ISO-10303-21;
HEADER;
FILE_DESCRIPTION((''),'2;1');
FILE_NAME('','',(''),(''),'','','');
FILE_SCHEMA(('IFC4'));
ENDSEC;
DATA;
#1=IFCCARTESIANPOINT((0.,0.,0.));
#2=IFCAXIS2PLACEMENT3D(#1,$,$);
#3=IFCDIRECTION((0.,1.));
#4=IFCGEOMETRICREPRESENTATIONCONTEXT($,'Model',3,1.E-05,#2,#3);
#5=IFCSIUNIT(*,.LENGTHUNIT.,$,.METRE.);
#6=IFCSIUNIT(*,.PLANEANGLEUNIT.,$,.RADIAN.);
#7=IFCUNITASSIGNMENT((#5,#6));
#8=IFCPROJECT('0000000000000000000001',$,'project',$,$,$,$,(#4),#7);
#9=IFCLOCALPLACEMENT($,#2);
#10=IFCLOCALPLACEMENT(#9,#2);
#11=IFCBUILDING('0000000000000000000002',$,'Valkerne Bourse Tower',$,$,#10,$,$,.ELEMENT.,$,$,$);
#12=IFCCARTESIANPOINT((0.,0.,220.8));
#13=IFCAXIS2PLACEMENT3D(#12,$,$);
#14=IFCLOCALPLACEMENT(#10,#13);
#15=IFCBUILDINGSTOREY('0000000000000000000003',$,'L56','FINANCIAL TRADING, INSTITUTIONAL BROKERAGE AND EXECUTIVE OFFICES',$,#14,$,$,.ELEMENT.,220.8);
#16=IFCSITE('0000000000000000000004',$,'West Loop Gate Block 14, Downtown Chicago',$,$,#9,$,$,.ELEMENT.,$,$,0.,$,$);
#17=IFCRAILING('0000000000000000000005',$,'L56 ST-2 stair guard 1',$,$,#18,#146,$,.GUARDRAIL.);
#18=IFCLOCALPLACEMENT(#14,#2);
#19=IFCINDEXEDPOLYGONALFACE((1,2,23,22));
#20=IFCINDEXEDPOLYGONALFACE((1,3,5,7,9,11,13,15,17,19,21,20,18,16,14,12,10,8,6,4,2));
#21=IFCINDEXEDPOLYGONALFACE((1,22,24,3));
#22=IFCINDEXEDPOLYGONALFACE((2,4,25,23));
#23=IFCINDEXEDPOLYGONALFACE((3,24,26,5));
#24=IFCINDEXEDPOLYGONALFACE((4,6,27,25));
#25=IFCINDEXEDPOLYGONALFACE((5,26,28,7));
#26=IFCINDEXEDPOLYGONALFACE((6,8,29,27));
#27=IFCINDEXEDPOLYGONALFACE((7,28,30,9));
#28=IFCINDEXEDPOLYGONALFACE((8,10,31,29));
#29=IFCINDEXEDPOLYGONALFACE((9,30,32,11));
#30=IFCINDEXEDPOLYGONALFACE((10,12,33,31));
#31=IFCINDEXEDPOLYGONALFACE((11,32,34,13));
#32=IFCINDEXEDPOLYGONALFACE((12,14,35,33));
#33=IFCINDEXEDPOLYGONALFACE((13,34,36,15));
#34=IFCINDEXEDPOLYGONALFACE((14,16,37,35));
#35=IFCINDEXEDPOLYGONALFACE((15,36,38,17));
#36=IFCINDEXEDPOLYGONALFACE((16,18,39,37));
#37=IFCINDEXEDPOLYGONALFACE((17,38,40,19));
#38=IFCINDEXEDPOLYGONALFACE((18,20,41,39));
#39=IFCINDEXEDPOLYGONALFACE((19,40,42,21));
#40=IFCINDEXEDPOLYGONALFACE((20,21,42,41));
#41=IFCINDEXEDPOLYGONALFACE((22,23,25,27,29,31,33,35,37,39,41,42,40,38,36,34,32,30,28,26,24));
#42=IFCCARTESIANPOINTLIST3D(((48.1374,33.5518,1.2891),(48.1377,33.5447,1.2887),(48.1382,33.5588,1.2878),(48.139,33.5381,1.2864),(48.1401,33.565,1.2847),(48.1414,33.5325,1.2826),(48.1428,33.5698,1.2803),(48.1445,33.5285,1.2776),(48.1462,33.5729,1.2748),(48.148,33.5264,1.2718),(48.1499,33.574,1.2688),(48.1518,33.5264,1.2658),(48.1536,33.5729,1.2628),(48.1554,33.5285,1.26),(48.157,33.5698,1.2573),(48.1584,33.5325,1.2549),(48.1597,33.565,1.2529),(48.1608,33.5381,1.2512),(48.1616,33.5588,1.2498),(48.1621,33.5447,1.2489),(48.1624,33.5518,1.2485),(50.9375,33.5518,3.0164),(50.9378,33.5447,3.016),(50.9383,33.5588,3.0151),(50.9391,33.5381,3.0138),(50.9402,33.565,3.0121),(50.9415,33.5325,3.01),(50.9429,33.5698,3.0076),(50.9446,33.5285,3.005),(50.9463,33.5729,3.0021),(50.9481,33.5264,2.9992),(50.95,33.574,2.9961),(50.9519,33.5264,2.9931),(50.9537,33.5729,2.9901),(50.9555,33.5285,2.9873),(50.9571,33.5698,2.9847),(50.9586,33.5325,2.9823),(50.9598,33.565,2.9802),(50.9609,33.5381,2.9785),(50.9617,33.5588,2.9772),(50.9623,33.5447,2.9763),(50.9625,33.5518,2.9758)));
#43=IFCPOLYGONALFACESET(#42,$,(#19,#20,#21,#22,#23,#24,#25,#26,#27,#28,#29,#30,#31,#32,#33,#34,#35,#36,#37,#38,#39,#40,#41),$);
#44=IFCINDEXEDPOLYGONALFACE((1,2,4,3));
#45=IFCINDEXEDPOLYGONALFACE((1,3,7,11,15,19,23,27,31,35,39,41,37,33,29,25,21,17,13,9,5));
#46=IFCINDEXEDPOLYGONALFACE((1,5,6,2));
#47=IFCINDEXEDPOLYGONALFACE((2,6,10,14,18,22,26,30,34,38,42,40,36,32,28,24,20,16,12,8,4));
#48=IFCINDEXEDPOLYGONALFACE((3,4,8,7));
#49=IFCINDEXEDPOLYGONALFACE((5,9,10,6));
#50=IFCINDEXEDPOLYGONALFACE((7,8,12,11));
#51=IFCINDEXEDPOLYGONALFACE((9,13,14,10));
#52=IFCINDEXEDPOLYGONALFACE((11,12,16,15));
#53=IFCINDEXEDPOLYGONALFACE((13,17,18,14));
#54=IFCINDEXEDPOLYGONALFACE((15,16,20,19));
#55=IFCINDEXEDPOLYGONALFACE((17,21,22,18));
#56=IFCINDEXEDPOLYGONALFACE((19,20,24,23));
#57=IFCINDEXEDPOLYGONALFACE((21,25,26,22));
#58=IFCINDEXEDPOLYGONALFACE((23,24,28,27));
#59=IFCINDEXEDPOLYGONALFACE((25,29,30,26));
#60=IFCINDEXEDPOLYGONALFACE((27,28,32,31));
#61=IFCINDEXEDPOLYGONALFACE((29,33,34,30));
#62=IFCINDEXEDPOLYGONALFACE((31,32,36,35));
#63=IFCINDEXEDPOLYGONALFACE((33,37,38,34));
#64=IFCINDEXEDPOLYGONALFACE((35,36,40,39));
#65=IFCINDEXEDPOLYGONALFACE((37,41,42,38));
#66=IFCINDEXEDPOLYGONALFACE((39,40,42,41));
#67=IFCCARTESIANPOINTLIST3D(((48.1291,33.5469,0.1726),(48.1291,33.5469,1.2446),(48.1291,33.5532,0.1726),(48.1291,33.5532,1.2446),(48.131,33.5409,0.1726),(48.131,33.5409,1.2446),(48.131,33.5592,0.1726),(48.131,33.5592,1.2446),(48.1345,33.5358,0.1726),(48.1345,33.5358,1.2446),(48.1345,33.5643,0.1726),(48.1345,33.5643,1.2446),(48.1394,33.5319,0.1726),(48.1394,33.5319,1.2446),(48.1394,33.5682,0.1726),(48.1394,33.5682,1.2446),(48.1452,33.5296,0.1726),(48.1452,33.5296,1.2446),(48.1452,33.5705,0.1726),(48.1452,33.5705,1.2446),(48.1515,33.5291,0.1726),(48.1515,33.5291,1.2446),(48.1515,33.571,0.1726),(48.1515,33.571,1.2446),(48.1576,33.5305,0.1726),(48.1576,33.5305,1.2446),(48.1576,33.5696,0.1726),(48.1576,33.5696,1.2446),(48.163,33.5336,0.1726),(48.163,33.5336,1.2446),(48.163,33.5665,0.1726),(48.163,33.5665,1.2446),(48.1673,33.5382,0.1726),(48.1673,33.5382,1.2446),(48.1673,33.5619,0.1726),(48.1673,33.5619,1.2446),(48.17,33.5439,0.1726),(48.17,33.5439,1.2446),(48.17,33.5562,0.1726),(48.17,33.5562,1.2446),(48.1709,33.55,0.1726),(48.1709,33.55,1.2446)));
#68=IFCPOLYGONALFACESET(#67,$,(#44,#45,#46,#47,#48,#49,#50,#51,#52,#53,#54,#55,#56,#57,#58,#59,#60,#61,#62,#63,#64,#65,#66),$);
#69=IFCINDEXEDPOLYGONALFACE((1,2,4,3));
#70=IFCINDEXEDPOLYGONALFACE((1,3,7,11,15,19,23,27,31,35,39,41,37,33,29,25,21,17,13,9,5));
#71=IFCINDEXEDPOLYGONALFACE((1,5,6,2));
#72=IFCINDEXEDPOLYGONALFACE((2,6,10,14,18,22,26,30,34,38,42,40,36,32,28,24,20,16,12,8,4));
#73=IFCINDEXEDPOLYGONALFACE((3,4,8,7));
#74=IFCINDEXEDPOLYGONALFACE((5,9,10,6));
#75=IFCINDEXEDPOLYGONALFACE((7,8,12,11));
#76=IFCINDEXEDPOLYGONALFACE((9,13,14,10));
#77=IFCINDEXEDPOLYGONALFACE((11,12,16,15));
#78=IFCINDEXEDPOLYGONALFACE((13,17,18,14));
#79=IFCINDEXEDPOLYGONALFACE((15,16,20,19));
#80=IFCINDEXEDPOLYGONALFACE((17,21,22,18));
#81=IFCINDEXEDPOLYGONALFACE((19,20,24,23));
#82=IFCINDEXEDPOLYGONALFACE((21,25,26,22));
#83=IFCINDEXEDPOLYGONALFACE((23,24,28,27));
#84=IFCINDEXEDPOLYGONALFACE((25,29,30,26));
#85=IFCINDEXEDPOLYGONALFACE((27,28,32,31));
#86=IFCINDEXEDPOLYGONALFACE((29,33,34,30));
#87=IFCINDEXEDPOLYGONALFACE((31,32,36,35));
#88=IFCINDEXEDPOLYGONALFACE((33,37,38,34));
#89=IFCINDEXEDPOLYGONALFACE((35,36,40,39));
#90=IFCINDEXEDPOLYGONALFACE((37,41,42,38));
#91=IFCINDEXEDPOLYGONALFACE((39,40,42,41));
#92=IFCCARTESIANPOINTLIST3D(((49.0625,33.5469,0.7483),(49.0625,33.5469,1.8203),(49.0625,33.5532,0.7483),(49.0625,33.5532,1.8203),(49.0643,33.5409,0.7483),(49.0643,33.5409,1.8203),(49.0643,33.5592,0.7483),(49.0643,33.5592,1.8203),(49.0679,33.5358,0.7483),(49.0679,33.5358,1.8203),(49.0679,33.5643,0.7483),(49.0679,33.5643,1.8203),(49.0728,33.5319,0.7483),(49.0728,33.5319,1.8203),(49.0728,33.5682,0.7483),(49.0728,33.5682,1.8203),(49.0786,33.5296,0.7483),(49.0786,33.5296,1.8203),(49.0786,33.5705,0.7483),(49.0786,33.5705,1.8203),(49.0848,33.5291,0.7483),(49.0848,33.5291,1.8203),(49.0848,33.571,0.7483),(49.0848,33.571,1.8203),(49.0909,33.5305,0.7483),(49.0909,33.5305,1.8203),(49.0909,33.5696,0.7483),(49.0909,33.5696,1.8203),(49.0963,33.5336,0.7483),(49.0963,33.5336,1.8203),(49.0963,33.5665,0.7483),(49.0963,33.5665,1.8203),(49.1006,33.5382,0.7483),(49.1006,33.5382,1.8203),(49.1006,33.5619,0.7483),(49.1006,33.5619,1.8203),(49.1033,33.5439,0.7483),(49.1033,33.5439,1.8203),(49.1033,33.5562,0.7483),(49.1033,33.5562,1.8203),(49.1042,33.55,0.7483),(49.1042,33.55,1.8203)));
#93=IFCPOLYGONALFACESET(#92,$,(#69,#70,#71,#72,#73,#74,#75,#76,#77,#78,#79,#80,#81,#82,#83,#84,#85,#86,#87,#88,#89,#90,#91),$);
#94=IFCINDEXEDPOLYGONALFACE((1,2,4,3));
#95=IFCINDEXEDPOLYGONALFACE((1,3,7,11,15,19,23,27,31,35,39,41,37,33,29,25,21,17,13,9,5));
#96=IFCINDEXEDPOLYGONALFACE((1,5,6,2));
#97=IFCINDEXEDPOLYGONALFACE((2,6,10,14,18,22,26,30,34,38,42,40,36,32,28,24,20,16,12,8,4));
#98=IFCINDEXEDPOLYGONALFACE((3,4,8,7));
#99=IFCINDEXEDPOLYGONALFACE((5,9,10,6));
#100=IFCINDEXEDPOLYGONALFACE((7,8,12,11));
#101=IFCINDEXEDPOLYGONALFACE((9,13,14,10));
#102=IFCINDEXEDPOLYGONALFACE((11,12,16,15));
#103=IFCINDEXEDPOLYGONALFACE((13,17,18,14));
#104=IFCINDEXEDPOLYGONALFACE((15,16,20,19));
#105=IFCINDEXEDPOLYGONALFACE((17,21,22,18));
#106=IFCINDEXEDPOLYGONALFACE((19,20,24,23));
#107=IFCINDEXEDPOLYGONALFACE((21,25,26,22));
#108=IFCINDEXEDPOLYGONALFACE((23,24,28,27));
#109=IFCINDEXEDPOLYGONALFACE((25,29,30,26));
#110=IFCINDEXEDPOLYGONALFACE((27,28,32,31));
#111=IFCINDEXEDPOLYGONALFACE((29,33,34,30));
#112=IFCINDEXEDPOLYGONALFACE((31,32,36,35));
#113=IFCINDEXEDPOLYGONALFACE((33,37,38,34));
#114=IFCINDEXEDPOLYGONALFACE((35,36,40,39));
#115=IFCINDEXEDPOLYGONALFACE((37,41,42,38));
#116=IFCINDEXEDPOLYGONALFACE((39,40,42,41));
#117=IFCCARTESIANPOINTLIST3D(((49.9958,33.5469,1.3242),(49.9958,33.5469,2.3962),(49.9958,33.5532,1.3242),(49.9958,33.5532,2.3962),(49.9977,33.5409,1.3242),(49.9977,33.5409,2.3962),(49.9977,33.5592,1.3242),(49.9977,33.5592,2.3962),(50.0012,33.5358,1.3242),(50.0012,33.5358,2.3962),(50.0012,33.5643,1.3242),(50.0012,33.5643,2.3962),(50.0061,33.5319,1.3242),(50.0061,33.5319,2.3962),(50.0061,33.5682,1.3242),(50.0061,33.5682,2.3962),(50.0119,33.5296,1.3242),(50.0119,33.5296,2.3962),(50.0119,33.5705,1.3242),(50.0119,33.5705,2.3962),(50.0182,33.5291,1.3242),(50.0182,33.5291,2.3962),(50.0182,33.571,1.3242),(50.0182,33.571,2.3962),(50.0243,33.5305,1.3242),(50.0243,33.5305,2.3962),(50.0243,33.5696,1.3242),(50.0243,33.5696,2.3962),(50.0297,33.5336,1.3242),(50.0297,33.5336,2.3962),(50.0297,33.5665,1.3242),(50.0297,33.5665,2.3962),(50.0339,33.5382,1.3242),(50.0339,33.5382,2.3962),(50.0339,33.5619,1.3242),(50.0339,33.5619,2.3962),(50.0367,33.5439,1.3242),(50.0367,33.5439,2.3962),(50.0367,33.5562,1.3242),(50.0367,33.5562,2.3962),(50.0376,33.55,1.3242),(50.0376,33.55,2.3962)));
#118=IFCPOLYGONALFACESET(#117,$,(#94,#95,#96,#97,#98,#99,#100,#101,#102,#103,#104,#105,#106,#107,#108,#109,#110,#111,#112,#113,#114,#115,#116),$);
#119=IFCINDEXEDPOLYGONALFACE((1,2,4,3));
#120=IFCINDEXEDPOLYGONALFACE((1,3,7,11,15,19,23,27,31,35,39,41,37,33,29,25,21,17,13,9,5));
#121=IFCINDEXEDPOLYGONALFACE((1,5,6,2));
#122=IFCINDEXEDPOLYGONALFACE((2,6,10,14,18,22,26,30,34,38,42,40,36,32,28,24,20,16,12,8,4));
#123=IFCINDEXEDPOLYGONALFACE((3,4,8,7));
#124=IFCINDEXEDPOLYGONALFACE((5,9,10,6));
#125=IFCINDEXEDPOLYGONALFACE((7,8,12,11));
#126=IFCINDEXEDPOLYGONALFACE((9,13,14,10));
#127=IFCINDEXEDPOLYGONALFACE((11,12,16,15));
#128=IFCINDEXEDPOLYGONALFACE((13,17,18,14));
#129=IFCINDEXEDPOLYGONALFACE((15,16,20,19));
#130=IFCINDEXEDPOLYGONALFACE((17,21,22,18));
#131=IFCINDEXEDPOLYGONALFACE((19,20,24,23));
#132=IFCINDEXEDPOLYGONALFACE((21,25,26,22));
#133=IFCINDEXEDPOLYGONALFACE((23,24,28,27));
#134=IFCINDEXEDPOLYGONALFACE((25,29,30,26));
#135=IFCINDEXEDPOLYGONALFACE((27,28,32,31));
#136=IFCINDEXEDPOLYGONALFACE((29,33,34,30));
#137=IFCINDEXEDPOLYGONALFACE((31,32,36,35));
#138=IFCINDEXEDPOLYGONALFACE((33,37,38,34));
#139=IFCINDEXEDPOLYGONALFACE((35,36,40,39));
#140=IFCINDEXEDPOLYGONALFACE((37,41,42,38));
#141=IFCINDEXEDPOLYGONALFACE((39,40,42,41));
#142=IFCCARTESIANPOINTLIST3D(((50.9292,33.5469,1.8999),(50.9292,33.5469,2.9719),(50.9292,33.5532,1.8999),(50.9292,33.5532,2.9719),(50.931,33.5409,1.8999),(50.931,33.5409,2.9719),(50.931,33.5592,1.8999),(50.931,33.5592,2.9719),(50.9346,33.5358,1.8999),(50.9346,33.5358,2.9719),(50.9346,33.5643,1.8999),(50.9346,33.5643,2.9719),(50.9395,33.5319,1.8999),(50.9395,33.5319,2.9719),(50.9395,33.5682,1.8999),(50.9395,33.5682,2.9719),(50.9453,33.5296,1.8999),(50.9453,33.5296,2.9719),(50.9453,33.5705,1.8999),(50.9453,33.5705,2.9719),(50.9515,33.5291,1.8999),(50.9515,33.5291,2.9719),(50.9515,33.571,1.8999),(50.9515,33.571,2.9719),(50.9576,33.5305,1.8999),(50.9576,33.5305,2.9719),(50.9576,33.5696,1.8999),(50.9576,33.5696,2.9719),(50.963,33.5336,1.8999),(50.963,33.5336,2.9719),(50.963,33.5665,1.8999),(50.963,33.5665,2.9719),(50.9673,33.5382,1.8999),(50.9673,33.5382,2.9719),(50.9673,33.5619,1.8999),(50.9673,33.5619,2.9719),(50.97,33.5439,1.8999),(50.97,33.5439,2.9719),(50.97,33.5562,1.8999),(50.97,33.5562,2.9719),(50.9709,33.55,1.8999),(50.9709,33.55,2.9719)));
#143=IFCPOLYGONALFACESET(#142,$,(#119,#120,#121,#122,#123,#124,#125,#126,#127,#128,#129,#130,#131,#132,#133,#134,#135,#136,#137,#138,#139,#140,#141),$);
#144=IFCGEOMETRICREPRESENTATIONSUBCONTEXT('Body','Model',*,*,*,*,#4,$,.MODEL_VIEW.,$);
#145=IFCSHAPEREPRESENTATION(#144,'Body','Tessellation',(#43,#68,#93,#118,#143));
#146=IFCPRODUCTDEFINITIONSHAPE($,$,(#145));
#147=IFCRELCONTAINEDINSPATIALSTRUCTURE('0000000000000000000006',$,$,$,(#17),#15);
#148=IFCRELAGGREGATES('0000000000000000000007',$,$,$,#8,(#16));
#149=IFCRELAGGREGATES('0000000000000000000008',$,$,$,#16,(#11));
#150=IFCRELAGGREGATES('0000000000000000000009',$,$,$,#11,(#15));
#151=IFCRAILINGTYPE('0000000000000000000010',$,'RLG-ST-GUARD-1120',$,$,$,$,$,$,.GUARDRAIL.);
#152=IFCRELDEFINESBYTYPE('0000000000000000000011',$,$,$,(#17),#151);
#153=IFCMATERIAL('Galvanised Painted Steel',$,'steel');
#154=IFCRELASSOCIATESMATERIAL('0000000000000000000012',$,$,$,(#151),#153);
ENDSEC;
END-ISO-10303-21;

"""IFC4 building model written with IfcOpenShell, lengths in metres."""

from ifc_helpers import new_model, si_unit, direction, frame, origin, origin_2d, place, context, subcontext, project, spatial, circle, extrude, material, type_object, element, save


model = new_model("IFC4")

# Units and contexts
model_context = context("Model", 3, precision=1e-05, world=origin(), true_north=direction((0.0, 1.0)))
body_context = subcontext(model_context, "Body", "Model", "MODEL_VIEW")
ifc_project = project(units=[si_unit("LENGTHUNIT", "METRE"), si_unit("PLANEANGLEUNIT", "RADIAN")], contexts=[model_context])

# Site, building, storey
site_placement = place(None, origin())
site = spatial("IfcSite", under=ifc_project, at=site_placement, Name="West Loop Gate Block 14, Downtown Chicago", CompositionType="ELEMENT", RefElevation=0.0)
building_placement = place(site_placement, origin())
building = spatial("IfcBuilding", under=site, at=building_placement, Name="Valkerne Bourse Tower", CompositionType="ELEMENT")
storey_placement = place(building_placement, frame((0.0, 0.0, 220.8)))
storey = spatial("IfcBuildingStorey", under=building, at=storey_placement, Name="L56", Description="FINANCIAL TRADING, INSTITUTIONAL BROKERAGE AND EXECUTIVE OFFICES", CompositionType="ELEMENT", Elevation=220.8)

# Shared definitions
ifc_material_1 = material(Name="Galvanised Painted Steel", Category="steel")

# Railing
railing_type_1 = type_object("IfcRailingType", Name="RLG-ST-GUARD-1120", PredefinedType="GUARDRAIL", material=ifc_material_1)
railing_1_placement = place(storey_placement, frame((48.1499, 33.55, 0.1726)))
element("IfcRailing", 1, at=railing_1_placement, inside=storey, type_object=railing_type_1, Name="L56 ST-2 stair guard 1", PredefinedType="GUARDRAIL", context=body_context, shape_type="SweptSolid", body=[
    extrude(circle(Radius=0.0239, at=origin_2d()), frame((0.0, 0.0, 1.0962), z_axis=(0.85109, 0.0, 0.52502), x_axis=(0.0, 1.0, 0.0)), (0.0, 0.0, 1.0), 3.29),
    extrude(circle(Radius=0.021, at=origin_2d()), origin(), (0.0, 0.0, 1.0), 1.072),
    extrude(circle(Radius=0.021, at=origin_2d()), frame((0.9333, 0.0, 0.5757)), (0.0, 0.0, 1.0), 1.072),
    extrude(circle(Radius=0.021, at=origin_2d()), frame((1.8667, 0.0, 1.1516)), (0.0, 0.0, 1.0), 1.072),
    extrude(circle(Radius=0.021, at=origin_2d()), frame((2.8, 0.0, 1.7273)), (0.0, 0.0, 1.0), 1.072),
])

save(model, "model.ifc")
